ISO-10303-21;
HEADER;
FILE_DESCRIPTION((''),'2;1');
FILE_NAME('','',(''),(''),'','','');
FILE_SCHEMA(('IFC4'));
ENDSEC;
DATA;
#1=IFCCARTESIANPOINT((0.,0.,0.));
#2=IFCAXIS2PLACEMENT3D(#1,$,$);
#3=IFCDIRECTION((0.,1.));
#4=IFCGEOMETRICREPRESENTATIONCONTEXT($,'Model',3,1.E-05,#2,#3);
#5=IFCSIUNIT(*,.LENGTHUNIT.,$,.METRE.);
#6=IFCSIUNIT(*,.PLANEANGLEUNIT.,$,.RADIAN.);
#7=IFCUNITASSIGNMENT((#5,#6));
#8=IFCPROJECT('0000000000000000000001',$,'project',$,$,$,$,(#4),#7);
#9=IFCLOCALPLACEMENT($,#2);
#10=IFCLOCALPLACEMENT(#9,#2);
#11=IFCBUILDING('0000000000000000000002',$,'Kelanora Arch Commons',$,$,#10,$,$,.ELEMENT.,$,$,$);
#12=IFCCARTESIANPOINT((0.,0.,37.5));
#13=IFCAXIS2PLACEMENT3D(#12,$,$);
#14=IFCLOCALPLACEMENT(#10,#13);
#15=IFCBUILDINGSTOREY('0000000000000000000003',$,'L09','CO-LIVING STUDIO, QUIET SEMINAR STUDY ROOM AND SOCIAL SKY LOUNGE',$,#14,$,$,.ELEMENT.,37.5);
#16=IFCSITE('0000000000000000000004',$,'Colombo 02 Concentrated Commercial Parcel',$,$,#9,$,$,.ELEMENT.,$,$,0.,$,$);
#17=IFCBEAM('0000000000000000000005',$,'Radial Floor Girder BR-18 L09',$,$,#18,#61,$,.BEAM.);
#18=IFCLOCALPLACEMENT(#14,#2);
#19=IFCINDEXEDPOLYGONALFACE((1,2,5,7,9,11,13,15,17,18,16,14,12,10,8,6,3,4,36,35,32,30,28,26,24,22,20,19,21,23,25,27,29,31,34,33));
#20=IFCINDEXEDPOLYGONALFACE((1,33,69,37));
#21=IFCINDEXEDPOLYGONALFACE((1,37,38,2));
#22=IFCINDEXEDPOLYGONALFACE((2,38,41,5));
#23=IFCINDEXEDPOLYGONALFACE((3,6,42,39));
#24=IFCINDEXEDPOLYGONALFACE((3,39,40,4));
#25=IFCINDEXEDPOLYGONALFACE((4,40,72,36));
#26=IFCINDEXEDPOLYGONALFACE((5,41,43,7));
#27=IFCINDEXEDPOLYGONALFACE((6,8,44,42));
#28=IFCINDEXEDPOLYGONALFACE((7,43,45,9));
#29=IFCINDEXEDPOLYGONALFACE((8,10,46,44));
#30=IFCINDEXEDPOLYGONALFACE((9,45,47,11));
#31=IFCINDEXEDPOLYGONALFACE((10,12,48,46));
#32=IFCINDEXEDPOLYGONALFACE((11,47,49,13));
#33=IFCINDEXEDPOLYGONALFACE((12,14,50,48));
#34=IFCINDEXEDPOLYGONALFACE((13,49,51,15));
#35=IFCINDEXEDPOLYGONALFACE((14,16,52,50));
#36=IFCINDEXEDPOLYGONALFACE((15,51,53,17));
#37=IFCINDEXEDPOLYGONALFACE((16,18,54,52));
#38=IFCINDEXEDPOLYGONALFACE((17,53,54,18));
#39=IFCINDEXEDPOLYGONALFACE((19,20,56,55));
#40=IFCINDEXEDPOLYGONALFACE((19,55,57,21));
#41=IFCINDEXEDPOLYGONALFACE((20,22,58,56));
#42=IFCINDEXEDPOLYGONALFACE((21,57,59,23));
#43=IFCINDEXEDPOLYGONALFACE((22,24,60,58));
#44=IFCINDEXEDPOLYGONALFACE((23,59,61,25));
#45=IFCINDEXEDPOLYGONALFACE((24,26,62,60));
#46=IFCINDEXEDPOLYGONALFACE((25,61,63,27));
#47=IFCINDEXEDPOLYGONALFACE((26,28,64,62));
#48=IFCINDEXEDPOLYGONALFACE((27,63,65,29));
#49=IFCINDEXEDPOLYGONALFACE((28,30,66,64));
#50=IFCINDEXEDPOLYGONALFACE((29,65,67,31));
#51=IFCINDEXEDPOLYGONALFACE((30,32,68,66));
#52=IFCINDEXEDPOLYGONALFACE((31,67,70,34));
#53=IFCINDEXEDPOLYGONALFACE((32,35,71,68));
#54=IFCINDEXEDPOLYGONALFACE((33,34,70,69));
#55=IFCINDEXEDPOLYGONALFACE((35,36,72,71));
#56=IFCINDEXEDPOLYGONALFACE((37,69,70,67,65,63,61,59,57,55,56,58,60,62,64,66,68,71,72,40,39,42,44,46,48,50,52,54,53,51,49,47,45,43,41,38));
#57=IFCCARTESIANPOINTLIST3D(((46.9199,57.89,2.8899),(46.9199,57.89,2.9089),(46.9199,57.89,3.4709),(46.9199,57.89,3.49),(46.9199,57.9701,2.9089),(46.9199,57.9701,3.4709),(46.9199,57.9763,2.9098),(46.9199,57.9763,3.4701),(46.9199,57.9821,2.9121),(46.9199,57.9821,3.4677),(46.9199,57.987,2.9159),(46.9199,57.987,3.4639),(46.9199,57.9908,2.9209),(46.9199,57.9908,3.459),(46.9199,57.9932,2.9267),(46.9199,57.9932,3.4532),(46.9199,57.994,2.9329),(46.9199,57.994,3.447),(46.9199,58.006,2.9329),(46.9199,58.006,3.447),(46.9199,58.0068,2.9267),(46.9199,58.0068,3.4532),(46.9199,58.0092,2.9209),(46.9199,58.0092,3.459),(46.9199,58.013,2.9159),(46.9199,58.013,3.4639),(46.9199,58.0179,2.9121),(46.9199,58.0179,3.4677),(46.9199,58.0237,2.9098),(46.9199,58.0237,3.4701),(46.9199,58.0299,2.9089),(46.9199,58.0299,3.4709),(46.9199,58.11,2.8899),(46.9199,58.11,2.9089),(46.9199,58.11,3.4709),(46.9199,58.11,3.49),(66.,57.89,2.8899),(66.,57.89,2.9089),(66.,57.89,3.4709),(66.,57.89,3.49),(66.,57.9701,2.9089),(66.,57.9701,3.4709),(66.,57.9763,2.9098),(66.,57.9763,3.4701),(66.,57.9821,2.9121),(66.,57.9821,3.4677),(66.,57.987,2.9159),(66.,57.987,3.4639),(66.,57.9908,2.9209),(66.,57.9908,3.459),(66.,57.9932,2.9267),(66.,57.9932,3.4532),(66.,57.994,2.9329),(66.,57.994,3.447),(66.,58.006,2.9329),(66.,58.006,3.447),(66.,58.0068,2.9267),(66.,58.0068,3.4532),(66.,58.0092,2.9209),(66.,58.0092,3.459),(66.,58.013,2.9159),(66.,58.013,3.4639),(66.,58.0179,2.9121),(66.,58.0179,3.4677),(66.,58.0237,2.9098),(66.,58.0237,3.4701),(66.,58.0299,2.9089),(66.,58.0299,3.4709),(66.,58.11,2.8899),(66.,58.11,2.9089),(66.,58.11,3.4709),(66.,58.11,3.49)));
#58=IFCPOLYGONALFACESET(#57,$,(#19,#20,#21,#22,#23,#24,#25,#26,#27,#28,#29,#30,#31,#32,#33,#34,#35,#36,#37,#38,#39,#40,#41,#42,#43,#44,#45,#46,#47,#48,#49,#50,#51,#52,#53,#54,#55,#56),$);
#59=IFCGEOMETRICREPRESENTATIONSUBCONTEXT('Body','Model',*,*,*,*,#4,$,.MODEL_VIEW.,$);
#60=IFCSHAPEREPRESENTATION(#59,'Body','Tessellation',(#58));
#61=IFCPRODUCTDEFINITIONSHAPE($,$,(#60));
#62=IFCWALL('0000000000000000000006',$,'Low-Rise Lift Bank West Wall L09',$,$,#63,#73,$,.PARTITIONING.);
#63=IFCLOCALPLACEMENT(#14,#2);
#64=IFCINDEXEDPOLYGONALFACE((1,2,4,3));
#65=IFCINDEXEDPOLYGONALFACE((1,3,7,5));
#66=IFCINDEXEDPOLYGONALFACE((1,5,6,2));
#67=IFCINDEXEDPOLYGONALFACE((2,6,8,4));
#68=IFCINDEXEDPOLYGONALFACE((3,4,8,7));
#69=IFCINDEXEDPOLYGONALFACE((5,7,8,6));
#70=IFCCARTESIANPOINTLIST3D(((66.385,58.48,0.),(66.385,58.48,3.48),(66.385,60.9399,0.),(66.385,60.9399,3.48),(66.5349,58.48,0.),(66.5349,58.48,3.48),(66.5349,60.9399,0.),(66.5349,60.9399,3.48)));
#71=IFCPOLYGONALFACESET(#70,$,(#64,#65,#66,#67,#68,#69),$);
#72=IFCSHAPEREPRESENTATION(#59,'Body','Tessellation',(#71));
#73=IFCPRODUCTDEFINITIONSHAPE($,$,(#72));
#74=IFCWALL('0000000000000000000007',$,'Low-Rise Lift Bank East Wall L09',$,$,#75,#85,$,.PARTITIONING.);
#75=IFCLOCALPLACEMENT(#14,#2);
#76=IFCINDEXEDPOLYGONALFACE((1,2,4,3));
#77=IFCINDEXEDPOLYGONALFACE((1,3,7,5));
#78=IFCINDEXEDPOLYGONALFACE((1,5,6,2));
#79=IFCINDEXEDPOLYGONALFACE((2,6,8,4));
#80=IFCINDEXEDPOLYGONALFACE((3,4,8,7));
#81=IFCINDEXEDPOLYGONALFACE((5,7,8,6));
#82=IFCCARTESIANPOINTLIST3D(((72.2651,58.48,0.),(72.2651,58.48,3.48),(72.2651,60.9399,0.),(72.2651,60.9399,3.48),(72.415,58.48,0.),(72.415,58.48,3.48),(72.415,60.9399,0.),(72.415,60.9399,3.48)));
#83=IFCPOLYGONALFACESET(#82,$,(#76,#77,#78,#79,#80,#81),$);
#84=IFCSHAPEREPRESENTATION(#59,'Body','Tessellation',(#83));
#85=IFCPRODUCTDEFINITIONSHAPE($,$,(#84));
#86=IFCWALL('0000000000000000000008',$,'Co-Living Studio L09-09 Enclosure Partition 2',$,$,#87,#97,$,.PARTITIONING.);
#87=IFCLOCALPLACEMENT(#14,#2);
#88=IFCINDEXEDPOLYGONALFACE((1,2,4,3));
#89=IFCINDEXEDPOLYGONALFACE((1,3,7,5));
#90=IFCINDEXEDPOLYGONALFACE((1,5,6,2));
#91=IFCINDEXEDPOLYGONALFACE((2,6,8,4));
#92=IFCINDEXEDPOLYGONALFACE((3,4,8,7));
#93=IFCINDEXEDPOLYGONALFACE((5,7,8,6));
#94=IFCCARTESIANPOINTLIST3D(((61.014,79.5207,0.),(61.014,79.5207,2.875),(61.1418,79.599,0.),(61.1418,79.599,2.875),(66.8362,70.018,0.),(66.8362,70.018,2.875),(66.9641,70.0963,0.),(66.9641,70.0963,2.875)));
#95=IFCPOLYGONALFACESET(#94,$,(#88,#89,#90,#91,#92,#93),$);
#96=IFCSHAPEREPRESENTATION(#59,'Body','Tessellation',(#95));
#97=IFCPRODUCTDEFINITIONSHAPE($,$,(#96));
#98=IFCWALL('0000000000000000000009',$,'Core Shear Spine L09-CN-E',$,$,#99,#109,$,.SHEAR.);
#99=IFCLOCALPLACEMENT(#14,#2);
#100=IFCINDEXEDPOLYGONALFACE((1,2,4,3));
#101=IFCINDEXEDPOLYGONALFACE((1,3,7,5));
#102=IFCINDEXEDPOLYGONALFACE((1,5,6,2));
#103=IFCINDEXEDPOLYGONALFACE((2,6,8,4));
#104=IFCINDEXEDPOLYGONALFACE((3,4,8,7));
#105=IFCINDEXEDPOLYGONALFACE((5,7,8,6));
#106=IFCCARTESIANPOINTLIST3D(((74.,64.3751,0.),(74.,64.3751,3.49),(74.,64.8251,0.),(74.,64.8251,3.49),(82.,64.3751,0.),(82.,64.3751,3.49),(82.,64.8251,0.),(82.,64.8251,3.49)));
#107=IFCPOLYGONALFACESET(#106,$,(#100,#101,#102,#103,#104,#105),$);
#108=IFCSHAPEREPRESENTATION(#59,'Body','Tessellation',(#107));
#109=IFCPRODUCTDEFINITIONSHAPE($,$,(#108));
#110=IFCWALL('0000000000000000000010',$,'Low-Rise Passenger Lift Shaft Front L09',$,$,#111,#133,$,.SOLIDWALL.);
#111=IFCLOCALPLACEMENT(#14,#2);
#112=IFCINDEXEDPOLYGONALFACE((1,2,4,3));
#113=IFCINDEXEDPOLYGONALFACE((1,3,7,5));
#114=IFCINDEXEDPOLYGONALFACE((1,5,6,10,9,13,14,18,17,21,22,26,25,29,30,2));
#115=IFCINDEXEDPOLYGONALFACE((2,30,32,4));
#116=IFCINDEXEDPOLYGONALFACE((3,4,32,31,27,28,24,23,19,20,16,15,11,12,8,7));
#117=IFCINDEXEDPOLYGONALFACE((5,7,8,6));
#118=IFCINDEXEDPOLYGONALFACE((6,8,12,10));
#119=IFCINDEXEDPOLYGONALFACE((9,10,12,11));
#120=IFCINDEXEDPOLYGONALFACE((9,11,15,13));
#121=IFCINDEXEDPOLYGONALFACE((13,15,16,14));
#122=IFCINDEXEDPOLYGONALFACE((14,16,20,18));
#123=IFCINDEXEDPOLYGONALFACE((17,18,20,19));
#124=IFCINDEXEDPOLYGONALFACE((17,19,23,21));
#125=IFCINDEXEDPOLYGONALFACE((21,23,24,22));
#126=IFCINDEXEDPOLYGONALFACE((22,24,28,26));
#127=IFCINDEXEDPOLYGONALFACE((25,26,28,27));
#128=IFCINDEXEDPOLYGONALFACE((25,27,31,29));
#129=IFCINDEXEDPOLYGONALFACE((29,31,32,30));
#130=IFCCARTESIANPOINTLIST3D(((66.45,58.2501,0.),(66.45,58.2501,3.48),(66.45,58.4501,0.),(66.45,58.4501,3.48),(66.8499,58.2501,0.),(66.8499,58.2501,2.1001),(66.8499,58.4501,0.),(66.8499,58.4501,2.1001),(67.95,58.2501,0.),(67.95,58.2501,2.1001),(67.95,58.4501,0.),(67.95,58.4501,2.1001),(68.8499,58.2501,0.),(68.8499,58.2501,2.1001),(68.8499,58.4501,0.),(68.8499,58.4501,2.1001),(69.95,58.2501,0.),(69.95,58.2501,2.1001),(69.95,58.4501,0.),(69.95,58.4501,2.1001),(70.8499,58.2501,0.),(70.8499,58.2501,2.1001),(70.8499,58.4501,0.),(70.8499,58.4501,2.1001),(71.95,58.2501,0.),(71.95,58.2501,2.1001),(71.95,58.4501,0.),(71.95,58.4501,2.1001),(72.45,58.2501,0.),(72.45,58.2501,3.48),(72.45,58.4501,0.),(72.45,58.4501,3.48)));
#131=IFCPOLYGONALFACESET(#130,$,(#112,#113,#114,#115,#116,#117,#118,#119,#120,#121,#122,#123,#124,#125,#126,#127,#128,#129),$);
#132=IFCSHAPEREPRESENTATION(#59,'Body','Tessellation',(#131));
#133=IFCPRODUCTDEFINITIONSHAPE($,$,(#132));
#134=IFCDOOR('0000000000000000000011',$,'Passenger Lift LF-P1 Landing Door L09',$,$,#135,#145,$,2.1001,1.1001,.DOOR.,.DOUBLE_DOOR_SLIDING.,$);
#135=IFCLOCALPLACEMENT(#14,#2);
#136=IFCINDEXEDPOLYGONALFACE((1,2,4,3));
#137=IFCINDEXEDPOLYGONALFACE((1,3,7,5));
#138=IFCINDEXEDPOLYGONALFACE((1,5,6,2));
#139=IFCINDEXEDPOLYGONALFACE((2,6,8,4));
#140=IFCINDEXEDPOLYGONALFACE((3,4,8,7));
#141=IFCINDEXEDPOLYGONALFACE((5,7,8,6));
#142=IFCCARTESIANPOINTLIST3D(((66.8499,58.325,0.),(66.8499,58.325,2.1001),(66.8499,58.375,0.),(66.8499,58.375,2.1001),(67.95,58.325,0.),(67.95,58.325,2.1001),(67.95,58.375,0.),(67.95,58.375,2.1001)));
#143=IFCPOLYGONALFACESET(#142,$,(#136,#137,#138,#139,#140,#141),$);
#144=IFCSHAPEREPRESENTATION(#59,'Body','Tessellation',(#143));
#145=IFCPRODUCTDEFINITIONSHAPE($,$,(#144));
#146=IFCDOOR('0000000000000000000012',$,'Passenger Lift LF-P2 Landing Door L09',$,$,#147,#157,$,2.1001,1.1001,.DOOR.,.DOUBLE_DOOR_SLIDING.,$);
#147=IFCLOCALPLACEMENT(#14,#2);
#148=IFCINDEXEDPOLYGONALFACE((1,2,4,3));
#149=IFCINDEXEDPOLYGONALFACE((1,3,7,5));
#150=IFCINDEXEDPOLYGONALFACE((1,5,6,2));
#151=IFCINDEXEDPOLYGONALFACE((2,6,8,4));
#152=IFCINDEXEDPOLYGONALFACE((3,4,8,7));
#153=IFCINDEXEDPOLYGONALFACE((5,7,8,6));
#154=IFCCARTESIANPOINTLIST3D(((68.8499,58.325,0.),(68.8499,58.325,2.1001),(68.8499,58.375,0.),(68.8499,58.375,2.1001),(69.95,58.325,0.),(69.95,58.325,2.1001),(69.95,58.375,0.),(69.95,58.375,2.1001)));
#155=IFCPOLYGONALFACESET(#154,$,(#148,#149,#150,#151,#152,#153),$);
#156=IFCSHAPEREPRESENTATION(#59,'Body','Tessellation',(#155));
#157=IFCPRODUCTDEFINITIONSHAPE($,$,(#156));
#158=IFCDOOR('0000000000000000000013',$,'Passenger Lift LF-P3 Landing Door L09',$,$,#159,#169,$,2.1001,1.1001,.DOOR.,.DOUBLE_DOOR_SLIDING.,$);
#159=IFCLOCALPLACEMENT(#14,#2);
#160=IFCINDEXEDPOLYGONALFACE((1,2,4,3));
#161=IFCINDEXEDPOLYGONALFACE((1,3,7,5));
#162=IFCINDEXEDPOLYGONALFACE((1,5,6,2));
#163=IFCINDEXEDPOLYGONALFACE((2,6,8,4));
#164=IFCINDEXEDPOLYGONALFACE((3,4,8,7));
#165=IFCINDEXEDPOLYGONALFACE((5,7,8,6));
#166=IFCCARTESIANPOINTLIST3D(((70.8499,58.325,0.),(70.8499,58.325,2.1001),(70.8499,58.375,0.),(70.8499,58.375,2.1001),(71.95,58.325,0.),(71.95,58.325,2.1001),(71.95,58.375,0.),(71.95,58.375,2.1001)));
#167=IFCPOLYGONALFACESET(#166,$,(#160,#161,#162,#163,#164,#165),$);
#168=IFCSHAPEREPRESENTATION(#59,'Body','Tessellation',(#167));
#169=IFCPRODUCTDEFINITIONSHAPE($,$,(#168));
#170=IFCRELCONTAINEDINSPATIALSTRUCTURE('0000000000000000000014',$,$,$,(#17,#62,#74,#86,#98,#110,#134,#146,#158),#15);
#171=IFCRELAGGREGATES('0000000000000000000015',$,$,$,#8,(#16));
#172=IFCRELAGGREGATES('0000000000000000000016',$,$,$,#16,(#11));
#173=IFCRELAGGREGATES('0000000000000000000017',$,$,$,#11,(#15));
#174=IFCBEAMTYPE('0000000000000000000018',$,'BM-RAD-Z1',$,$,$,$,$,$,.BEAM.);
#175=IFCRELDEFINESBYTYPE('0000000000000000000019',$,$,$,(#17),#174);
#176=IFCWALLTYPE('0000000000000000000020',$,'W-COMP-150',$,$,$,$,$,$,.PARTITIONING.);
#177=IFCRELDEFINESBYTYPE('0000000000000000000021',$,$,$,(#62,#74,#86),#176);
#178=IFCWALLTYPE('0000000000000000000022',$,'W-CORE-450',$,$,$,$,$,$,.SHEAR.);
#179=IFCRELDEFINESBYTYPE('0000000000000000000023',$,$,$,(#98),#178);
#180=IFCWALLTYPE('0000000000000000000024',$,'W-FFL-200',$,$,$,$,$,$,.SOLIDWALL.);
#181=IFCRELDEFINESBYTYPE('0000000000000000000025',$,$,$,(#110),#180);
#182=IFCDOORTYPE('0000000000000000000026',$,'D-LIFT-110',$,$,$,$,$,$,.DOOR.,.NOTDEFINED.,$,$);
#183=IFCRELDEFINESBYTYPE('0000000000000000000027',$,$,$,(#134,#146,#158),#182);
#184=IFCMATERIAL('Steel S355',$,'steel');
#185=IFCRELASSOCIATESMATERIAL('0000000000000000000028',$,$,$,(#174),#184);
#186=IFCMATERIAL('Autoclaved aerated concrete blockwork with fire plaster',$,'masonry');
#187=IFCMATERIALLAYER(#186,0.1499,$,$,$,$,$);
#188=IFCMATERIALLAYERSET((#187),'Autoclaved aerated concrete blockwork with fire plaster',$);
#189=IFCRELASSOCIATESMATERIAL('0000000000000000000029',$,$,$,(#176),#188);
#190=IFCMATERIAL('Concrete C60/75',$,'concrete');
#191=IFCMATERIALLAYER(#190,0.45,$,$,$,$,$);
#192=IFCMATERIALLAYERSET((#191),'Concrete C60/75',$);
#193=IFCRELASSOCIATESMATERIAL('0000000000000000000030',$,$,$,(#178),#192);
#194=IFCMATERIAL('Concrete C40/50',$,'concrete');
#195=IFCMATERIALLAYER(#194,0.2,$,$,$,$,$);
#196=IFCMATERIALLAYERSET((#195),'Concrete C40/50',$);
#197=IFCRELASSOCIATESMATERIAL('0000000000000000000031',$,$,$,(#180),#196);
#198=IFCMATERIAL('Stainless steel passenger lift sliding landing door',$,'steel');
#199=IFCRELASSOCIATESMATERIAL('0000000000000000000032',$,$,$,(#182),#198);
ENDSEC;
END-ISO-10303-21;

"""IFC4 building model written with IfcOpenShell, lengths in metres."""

from ifc_helpers import new_model, si_unit, direction, frame, frame_2d, origin, origin_2d, place, context, subcontext, project, spatial, rectangle, i_section, extrude, material, layer, layer_set, material_profile, profile_set, type_object, element, fill, save


model = new_model("IFC4")

# Units and contexts
model_context = context("Model", 3, precision=1e-05, world=origin(), true_north=direction((0.0, 1.0)))
body_context = subcontext(model_context, "Body", "Model", "MODEL_VIEW")
ifc_project = project(units=[si_unit("LENGTHUNIT", "METRE"), si_unit("PLANEANGLEUNIT", "RADIAN")], contexts=[model_context])

# Site, building, storey
site_placement = place(None, origin())
site = spatial("IfcSite", under=ifc_project, at=site_placement, Name="Colombo 02 Concentrated Commercial Parcel", CompositionType="ELEMENT", RefElevation=0.0)
building_placement = place(site_placement, origin())
building = spatial("IfcBuilding", under=site, at=building_placement, Name="Kelanora Arch Commons", CompositionType="ELEMENT")
storey_placement = place(building_placement, frame((0.0, 0.0, 37.5)))
storey = spatial("IfcBuildingStorey", under=building, at=storey_placement, Name="L09", Description="CO-LIVING STUDIO, QUIET SEMINAR STUDY ROOM AND SOCIAL SKY LOUNGE", CompositionType="ELEMENT", Elevation=37.5)

# Shared definitions
ifc_material_1 = material(Name="Concrete C60/75", Category="concrete")

# Beam
ifc_material_2 = material(Name="Steel S355", Category="steel")
ifc_material_profile_1 = material_profile(ifc_material_2, i_section(OverallWidth=0.22, OverallDepth=0.6001, WebThickness=0.012, FlangeThickness=0.019, FilletRadius=0.0239, at=origin_2d()), Name="IPE600")
ifc_profile_set_1 = profile_set([ifc_material_profile_1], Name="Steel S355")
beam_type_1 = type_object("IfcBeamType", Name="BM-RAD-Z1", PredefinedType="BEAM", material=ifc_profile_set_1)
beam_1_placement = place(storey_placement, frame((66.0, 58.0, 3.1899), z_axis=(-1.0, 0.0, 0.0), x_axis=(0.0, -1.0, 0.0)))
element("IfcBeam", 1, at=beam_1_placement, inside=storey, type_object=beam_type_1, Name="Radial Floor Girder BR-18 L09", PredefinedType="BEAM", context=body_context, shape_type="SweptSolid", body=[
    extrude(i_section(OverallWidth=0.22, OverallDepth=0.6001, WebThickness=0.012, FlangeThickness=0.019, FilletRadius=0.0239, at=origin_2d()), origin(), (0.0, 0.0, 1.0), 19.0801),
])

# Walls
ifc_material_3 = material(Name="Autoclaved aerated concrete blockwork with fire plaster", Category="masonry")
ifc_layer_1 = layer(ifc_material_3, 0.1499)
ifc_layer_set_1 = layer_set([ifc_layer_1], Name="Autoclaved aerated concrete blockwork with fire plaster")
wall_type_1 = type_object("IfcWallType", Name="W-COMP-150", PredefinedType="PARTITIONING", material=ifc_layer_set_1)
for number, where, z_axis, x_axis, name in (
    (2, (66.46, 58.48, 0.0), (0.0, 0.0, 1.0), (0.0, 1.0, 0.0), "Low-Rise Lift Bank West Wall L09"),
    (3, (72.3401, 58.48, 0.0), (0.0, 0.0, 1.0), (0.0, 1.0, 0.0), "Low-Rise Lift Bank East Wall L09"),
):
    element("IfcWall", number, at=place(storey_placement, frame(where, z_axis=z_axis, x_axis=x_axis)), inside=storey, type_object=wall_type_1, Name=name, PredefinedType="PARTITIONING", context=body_context, shape_type="SweptSolid", body=[
        extrude(rectangle(XDim=2.46, YDim=0.1499, at=frame_2d((1.23, 0.0))), origin(), (0.0, 0.0, 1.0), 3.48),
    ])
wall_1_placement = place(storey_placement, frame((66.9001, 70.0571, 0.0), z_axis=(0.0, 0.0, 1.0), x_axis=(-0.522434, 0.85268, 0.0)))
element("IfcWall", 4, at=wall_1_placement, inside=storey, type_object=wall_type_1, Name="Co-Living Studio L09-09 Enclosure Partition 2", PredefinedType="PARTITIONING", context=body_context, shape_type="SweptSolid", body=[
    extrude(rectangle(XDim=11.1445, YDim=0.1499, at=frame_2d((5.5723, 0.0))), origin(), (0.0, 0.0, 1.0), 2.875),
])
ifc_layer_2 = layer(ifc_material_1, 0.45)
ifc_layer_set_2 = layer_set([ifc_layer_2], Name="Concrete C60/75")
wall_type_2 = type_object("IfcWallType", Name="W-CORE-450", PredefinedType="SHEAR", material=ifc_layer_set_2)
wall_2_placement = place(storey_placement, frame((74.0, 64.6001, 0.0), z_axis=(0.0, 0.0, 1.0), x_axis=(1.0, 0.0, 0.0)))
element("IfcWall", 5, at=wall_2_placement, inside=storey, type_object=wall_type_2, Name="Core Shear Spine L09-CN-E", PredefinedType="SHEAR", context=body_context, shape_type="SweptSolid", body=[
    extrude(rectangle(XDim=8.0, YDim=0.45, at=frame_2d((4.0, 0.0))), origin(), (0.0, 0.0, 1.0), 3.49),
])

# Wall, openings, doors
ifc_material_4 = material(Name="Concrete C40/50", Category="concrete")
ifc_layer_3 = layer(ifc_material_4, 0.2)
ifc_layer_set_3 = layer_set([ifc_layer_3], Name="Concrete C40/50")
wall_type_3 = type_object("IfcWallType", Name="W-FFL-200", PredefinedType="SOLIDWALL", material=ifc_layer_set_3)
wall_3_placement = place(storey_placement, frame((66.45, 58.3501, 0.0), z_axis=(0.0, 0.0, 1.0), x_axis=(1.0, 0.0, 0.0)))
wall_3 = element("IfcWall", 6, at=wall_3_placement, inside=storey, type_object=wall_type_3, Name="Low-Rise Passenger Lift Shaft Front L09", PredefinedType="SOLIDWALL", context=body_context, shape_type="SweptSolid", body=[
    extrude(rectangle(XDim=6.0, YDim=0.2, at=frame_2d((3.0, 0.0))), origin(), (0.0, 0.0, 1.0), 3.48),
])
opening_1_placement = place(wall_3_placement, frame((0.3999, 0.0, 0.0)))
opening_1 = element("IfcOpeningElement", 7, at=opening_1_placement, cuts=wall_3, PredefinedType="OPENING", context=body_context, shape_type="SweptSolid", body=[
    extrude(rectangle(XDim=1.1001, YDim=2.1001, at=frame_2d((0.55, 1.05))), frame((0.0, 0.1099, 0.0), z_axis=(0.0, -1.0, 0.0), x_axis=(1.0, 0.0, 0.0)), (0.0, 0.0, 1.0), 0.22),
])
opening_2_placement = place(wall_3_placement, frame((2.3999, 0.0, 0.0)))
opening_2 = element("IfcOpeningElement", 8, at=opening_2_placement, cuts=wall_3, PredefinedType="OPENING", context=body_context, shape_type="SweptSolid", body=[
    extrude(rectangle(XDim=1.1001, YDim=2.1001, at=frame_2d((0.55, 1.05))), frame((0.0, 0.1099, 0.0), z_axis=(0.0, -1.0, 0.0), x_axis=(1.0, 0.0, 0.0)), (0.0, 0.0, 1.0), 0.22),
])
opening_3_placement = place(wall_3_placement, frame((4.3999, 0.0, 0.0)))
opening_3 = element("IfcOpeningElement", 9, at=opening_3_placement, cuts=wall_3, PredefinedType="OPENING", context=body_context, shape_type="SweptSolid", body=[
    extrude(rectangle(XDim=1.1001, YDim=2.1001, at=frame_2d((0.55, 1.05))), frame((0.0, 0.1099, 0.0), z_axis=(0.0, -1.0, 0.0), x_axis=(1.0, 0.0, 0.0)), (0.0, 0.0, 1.0), 0.22),
])
ifc_material_5 = material(Name="Stainless steel passenger lift sliding landing door", Category="steel")
door_type_1 = type_object("IfcDoorType", Name="D-LIFT-110", OperationType="NOTDEFINED", PredefinedType="DOOR", material=ifc_material_5)
door_1_placement = place(opening_1_placement, origin())
door_1 = element("IfcDoor", 10, at=door_1_placement, inside=storey, type_object=door_type_1, Name="Passenger Lift LF-P1 Landing Door L09", OperationType="DOUBLE_DOOR_SLIDING", OverallHeight=2.1001, OverallWidth=1.1001, PredefinedType="DOOR", context=body_context, shape_type="SweptSolid", body=[
    extrude(rectangle(XDim=1.1001, YDim=2.1001, at=frame_2d((0.55, 1.05))), frame((0.0, 0.0249, 0.0), z_axis=(0.0, -1.0, 0.0), x_axis=(1.0, 0.0, 0.0)), (0.0, 0.0, 1.0), 0.05),
])
fill(opening_1, door_1)
door_2_placement = place(opening_2_placement, origin())
door_2 = element("IfcDoor", 11, at=door_2_placement, inside=storey, type_object=door_type_1, Name="Passenger Lift LF-P2 Landing Door L09", OperationType="DOUBLE_DOOR_SLIDING", OverallHeight=2.1001, OverallWidth=1.1001, PredefinedType="DOOR", context=body_context, shape_type="SweptSolid", body=[
    extrude(rectangle(XDim=1.1001, YDim=2.1001, at=frame_2d((0.55, 1.05))), frame((0.0, 0.0249, 0.0), z_axis=(0.0, -1.0, 0.0), x_axis=(1.0, 0.0, 0.0)), (0.0, 0.0, 1.0), 0.05),
])
fill(opening_2, door_2)
door_3_placement = place(opening_3_placement, origin())
door_3 = element("IfcDoor", 12, at=door_3_placement, inside=storey, type_object=door_type_1, Name="Passenger Lift LF-P3 Landing Door L09", OperationType="DOUBLE_DOOR_SLIDING", OverallHeight=2.1001, OverallWidth=1.1001, PredefinedType="DOOR", context=body_context, shape_type="SweptSolid", body=[
    extrude(rectangle(XDim=1.1001, YDim=2.1001, at=frame_2d((0.55, 1.05))), frame((0.0, 0.0249, 0.0), z_axis=(0.0, -1.0, 0.0), x_axis=(1.0, 0.0, 0.0)), (0.0, 0.0, 1.0), 0.05),
])
fill(opening_3, door_3)

save(model, "model.ifc")
